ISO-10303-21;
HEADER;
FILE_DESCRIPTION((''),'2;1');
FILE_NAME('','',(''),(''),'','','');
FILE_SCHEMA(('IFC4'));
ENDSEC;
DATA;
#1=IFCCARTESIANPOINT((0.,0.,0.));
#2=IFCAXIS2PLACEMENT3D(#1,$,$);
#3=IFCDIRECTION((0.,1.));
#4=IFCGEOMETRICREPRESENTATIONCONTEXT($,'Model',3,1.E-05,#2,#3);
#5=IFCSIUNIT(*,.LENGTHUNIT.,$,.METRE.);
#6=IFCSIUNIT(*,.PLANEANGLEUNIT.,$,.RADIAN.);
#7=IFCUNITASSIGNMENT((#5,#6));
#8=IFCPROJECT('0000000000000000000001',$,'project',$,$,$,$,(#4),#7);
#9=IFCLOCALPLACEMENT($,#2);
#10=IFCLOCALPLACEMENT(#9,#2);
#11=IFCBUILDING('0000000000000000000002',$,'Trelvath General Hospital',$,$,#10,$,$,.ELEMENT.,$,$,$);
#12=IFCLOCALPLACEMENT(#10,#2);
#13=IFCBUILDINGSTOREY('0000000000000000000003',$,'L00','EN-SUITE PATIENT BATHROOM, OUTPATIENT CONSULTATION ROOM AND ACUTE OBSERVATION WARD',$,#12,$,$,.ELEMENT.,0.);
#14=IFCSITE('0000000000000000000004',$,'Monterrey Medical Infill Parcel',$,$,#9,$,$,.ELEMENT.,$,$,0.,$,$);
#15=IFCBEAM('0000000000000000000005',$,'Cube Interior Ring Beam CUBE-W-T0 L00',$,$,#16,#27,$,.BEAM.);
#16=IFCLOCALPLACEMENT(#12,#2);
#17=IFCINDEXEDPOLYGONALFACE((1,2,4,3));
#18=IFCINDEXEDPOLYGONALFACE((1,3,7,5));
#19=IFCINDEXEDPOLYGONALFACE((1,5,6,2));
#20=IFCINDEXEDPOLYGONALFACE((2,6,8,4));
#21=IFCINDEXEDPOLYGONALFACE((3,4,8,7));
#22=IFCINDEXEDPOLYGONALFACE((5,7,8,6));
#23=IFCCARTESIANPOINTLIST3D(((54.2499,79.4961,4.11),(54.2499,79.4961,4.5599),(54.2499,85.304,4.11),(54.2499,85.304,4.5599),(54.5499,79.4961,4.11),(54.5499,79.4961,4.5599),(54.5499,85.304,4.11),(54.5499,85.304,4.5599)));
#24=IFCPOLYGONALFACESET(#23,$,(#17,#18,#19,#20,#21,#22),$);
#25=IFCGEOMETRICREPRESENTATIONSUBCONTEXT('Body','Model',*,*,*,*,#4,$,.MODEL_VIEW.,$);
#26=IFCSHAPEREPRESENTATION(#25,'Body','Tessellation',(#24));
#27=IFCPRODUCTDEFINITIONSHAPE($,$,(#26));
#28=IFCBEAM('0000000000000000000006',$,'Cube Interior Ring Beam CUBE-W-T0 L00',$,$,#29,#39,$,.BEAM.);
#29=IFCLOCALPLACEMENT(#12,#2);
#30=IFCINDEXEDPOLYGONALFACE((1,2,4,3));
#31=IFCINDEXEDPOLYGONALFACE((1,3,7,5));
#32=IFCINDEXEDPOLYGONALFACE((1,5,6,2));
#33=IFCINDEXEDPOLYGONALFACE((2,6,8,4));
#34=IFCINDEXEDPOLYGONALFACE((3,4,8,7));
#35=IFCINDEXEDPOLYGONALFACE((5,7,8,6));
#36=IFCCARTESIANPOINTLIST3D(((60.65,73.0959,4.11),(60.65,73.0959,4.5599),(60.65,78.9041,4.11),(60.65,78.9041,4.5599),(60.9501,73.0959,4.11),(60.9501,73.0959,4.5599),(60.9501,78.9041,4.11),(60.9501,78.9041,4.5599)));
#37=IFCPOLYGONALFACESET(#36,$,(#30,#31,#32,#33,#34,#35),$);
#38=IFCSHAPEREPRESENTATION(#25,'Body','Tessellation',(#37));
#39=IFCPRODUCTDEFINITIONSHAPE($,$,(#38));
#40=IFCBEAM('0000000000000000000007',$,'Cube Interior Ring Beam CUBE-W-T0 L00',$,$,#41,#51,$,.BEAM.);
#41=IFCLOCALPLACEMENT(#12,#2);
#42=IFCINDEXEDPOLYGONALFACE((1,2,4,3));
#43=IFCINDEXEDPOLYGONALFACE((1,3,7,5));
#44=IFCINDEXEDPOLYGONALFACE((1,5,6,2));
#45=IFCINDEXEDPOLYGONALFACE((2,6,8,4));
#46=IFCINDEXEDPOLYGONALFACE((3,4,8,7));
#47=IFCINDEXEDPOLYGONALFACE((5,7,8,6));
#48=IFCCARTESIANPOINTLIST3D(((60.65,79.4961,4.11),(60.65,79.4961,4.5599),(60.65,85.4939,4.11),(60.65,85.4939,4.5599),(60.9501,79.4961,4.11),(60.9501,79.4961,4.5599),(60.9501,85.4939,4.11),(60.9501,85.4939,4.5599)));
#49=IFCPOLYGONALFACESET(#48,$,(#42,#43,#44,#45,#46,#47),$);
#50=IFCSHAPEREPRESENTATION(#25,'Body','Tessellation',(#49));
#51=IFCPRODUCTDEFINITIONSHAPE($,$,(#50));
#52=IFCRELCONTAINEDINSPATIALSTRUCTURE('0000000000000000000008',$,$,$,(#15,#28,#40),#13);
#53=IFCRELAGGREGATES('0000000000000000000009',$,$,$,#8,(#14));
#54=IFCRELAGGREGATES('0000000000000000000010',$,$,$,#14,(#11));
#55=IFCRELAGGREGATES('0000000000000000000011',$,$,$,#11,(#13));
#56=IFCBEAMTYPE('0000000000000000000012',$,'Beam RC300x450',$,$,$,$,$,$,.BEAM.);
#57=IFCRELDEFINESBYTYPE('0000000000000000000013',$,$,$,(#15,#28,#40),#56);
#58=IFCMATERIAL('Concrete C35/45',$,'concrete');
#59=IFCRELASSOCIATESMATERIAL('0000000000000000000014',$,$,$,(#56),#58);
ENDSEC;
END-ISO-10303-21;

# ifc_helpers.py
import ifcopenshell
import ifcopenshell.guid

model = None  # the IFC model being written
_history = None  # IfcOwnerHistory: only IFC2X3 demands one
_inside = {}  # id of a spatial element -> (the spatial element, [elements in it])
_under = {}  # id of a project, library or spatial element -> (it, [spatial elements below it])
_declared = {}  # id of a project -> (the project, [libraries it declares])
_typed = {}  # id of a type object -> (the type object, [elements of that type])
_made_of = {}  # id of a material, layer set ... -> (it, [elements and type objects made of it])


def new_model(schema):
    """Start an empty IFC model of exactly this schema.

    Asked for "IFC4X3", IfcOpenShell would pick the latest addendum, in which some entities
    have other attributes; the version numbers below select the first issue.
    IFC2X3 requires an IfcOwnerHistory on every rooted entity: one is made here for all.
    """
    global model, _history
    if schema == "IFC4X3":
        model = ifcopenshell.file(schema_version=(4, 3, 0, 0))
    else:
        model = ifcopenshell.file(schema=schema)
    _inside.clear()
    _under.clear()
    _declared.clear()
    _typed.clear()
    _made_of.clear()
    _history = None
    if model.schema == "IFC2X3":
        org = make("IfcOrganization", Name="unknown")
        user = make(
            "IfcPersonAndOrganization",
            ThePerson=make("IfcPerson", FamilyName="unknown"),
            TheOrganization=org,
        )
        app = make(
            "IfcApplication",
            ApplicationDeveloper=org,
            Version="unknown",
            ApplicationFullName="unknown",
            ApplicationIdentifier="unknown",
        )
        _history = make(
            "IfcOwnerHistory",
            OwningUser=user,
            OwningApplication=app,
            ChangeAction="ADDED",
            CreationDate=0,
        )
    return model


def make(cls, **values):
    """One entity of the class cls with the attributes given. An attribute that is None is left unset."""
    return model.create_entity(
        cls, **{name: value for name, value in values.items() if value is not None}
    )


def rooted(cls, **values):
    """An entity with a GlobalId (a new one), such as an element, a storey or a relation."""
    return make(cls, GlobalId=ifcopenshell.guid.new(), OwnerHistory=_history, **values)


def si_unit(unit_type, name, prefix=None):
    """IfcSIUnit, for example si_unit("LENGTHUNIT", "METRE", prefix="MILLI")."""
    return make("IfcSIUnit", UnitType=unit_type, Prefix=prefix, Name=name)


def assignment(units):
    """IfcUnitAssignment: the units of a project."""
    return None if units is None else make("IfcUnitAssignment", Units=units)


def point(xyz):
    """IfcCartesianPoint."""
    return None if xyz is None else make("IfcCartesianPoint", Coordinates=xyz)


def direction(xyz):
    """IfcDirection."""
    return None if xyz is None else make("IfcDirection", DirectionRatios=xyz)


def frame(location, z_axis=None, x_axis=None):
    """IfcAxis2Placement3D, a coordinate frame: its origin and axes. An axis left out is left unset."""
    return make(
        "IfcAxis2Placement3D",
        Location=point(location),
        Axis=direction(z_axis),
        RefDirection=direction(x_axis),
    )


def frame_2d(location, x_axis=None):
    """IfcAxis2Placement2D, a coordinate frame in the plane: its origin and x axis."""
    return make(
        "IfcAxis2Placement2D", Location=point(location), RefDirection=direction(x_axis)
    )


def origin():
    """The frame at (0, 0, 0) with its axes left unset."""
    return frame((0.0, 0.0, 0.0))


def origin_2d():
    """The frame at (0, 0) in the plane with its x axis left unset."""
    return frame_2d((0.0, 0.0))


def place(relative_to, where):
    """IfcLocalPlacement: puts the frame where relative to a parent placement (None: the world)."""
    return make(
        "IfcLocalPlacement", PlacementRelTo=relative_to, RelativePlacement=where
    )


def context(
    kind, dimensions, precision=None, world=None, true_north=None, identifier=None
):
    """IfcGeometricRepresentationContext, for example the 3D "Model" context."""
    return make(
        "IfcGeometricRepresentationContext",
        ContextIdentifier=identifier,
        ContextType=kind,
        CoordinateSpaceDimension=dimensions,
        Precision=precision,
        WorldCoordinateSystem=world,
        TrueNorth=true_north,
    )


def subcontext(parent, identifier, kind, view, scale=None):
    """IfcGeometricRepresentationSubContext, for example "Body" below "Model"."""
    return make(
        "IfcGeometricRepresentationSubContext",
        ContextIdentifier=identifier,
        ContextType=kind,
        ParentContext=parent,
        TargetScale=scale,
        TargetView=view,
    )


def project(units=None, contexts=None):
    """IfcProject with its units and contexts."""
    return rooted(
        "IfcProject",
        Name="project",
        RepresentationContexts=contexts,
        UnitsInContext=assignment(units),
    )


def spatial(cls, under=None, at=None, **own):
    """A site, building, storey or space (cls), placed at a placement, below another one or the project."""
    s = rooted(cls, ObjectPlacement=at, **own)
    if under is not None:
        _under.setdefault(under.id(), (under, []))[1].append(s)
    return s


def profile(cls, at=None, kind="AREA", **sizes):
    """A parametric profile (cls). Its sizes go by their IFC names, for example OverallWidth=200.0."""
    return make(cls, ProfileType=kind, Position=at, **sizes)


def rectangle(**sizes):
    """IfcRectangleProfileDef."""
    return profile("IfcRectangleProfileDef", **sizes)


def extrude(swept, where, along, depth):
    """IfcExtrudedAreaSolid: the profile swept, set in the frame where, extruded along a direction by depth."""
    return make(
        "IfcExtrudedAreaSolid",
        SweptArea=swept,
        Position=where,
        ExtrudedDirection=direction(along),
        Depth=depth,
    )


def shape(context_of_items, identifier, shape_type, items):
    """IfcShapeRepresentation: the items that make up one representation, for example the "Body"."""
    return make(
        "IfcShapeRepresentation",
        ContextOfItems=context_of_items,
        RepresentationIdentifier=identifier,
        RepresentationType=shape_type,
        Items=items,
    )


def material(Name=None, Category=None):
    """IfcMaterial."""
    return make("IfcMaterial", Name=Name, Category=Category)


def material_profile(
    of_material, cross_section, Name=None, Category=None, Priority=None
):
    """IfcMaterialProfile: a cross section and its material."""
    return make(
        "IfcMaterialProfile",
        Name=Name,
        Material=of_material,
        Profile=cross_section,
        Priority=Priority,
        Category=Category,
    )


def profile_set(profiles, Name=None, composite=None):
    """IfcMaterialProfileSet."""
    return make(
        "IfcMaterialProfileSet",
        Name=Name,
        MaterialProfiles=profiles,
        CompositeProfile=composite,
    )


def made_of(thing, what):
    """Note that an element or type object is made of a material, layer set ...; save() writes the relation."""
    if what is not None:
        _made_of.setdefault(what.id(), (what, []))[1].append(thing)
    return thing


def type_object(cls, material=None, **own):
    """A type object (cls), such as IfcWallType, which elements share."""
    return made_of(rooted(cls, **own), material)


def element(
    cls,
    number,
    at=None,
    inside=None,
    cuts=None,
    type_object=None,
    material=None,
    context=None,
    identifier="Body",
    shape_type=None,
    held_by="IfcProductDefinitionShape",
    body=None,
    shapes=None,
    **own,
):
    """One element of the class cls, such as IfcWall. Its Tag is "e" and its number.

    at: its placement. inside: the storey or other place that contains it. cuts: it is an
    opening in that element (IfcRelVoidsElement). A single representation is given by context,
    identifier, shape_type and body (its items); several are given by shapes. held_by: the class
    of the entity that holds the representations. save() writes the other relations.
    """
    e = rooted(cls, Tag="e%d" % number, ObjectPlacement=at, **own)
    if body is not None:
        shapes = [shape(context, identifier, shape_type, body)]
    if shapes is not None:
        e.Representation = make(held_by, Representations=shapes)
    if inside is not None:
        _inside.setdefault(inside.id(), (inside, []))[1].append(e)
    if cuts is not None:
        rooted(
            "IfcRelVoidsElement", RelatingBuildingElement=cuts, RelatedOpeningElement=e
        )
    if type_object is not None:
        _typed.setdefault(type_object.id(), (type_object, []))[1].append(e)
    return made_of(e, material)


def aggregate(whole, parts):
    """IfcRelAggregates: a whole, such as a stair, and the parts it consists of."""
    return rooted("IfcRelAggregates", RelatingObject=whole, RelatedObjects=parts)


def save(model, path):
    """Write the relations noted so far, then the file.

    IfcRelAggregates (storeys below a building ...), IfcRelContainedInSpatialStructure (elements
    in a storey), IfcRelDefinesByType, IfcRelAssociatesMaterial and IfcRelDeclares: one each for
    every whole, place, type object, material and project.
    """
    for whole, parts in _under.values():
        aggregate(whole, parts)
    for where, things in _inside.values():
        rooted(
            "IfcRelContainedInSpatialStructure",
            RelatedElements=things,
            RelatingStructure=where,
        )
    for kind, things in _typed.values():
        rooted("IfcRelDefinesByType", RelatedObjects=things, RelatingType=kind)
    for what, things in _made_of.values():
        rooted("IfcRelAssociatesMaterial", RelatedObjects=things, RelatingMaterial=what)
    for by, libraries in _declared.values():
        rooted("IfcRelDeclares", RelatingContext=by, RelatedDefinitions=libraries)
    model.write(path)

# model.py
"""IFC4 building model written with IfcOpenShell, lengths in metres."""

from ifc_helpers import new_model, si_unit, direction, frame, origin, origin_2d, place, context, subcontext, project, spatial, rectangle, extrude, material, material_profile, profile_set, type_object, element, save


model = new_model("IFC4")

# Units and contexts
model_context = context("Model", 3, precision=1e-05, world=origin(), true_north=direction((0.0, 1.0)))
body_context = subcontext(model_context, "Body", "Model", "MODEL_VIEW")
ifc_project = project(units=[si_unit("LENGTHUNIT", "METRE"), si_unit("PLANEANGLEUNIT", "RADIAN")], contexts=[model_context])

# Site, building, storey
site_placement = place(None, origin())
site = spatial("IfcSite", under=ifc_project, at=site_placement, Name="Monterrey Medical Infill Parcel", CompositionType="ELEMENT", RefElevation=0.0)
building_placement = place(site_placement, origin())
building = spatial("IfcBuilding", under=site, at=building_placement, Name="Trelvath General Hospital", CompositionType="ELEMENT")
storey_placement = place(building_placement, origin())
storey = spatial("IfcBuildingStorey", under=building, at=storey_placement, Name="L00", Description="EN-SUITE PATIENT BATHROOM, OUTPATIENT CONSULTATION ROOM AND ACUTE OBSERVATION WARD", CompositionType="ELEMENT", Elevation=0.0)

# Beams
ifc_material_1 = material(Name="Concrete C35/45", Category="concrete")
ifc_material_profile_1 = material_profile(ifc_material_1, rectangle(XDim=0.3, YDim=0.45, at=origin_2d()), Name="RCB300x450")
ifc_profile_set_1 = profile_set([ifc_material_profile_1], Name="Concrete C35/45")
beam_type = type_object("IfcBeamType", Name="Beam RC300x450", PredefinedType="BEAM", material=ifc_profile_set_1)
beam_1_placement = place(storey_placement, frame((54.3999, 79.4961, 4.335), z_axis=(0.0, 1.0, 0.0), x_axis=(-1.0, 0.0, 0.0)))
element("IfcBeam", 1, at=beam_1_placement, inside=storey, type_object=beam_type, Name="Cube Interior Ring Beam CUBE-W-T0 L00", PredefinedType="BEAM", context=body_context, shape_type="SweptSolid", body=[
    extrude(rectangle(XDim=0.3, YDim=0.45, at=origin_2d()), origin(), (0.0, 0.0, 1.0), 5.8079),
])
beam_2_placement = place(storey_placement, frame((60.8, 73.0959, 4.335), z_axis=(0.0, 1.0, 0.0), x_axis=(-1.0, 0.0, 0.0)))
element("IfcBeam", 2, at=beam_2_placement, inside=storey, type_object=beam_type, Name="Cube Interior Ring Beam CUBE-W-T0 L00", PredefinedType="BEAM", context=body_context, shape_type="SweptSolid", body=[
    extrude(rectangle(XDim=0.3, YDim=0.45, at=origin_2d()), origin(), (0.0, 0.0, 1.0), 5.8081),
])
beam_3_placement = place(storey_placement, frame((60.8, 79.4961, 4.335), z_axis=(0.0, 1.0, 0.0), x_axis=(-1.0, 0.0, 0.0)))
element("IfcBeam", 3, at=beam_3_placement, inside=storey, type_object=beam_type, Name="Cube Interior Ring Beam CUBE-W-T0 L00", PredefinedType="BEAM", context=body_context, shape_type="SweptSolid", body=[
    extrude(rectangle(XDim=0.3, YDim=0.45, at=origin_2d()), origin(), (0.0, 0.0, 1.0), 5.9978),
])

save(model, "model.ifc")
